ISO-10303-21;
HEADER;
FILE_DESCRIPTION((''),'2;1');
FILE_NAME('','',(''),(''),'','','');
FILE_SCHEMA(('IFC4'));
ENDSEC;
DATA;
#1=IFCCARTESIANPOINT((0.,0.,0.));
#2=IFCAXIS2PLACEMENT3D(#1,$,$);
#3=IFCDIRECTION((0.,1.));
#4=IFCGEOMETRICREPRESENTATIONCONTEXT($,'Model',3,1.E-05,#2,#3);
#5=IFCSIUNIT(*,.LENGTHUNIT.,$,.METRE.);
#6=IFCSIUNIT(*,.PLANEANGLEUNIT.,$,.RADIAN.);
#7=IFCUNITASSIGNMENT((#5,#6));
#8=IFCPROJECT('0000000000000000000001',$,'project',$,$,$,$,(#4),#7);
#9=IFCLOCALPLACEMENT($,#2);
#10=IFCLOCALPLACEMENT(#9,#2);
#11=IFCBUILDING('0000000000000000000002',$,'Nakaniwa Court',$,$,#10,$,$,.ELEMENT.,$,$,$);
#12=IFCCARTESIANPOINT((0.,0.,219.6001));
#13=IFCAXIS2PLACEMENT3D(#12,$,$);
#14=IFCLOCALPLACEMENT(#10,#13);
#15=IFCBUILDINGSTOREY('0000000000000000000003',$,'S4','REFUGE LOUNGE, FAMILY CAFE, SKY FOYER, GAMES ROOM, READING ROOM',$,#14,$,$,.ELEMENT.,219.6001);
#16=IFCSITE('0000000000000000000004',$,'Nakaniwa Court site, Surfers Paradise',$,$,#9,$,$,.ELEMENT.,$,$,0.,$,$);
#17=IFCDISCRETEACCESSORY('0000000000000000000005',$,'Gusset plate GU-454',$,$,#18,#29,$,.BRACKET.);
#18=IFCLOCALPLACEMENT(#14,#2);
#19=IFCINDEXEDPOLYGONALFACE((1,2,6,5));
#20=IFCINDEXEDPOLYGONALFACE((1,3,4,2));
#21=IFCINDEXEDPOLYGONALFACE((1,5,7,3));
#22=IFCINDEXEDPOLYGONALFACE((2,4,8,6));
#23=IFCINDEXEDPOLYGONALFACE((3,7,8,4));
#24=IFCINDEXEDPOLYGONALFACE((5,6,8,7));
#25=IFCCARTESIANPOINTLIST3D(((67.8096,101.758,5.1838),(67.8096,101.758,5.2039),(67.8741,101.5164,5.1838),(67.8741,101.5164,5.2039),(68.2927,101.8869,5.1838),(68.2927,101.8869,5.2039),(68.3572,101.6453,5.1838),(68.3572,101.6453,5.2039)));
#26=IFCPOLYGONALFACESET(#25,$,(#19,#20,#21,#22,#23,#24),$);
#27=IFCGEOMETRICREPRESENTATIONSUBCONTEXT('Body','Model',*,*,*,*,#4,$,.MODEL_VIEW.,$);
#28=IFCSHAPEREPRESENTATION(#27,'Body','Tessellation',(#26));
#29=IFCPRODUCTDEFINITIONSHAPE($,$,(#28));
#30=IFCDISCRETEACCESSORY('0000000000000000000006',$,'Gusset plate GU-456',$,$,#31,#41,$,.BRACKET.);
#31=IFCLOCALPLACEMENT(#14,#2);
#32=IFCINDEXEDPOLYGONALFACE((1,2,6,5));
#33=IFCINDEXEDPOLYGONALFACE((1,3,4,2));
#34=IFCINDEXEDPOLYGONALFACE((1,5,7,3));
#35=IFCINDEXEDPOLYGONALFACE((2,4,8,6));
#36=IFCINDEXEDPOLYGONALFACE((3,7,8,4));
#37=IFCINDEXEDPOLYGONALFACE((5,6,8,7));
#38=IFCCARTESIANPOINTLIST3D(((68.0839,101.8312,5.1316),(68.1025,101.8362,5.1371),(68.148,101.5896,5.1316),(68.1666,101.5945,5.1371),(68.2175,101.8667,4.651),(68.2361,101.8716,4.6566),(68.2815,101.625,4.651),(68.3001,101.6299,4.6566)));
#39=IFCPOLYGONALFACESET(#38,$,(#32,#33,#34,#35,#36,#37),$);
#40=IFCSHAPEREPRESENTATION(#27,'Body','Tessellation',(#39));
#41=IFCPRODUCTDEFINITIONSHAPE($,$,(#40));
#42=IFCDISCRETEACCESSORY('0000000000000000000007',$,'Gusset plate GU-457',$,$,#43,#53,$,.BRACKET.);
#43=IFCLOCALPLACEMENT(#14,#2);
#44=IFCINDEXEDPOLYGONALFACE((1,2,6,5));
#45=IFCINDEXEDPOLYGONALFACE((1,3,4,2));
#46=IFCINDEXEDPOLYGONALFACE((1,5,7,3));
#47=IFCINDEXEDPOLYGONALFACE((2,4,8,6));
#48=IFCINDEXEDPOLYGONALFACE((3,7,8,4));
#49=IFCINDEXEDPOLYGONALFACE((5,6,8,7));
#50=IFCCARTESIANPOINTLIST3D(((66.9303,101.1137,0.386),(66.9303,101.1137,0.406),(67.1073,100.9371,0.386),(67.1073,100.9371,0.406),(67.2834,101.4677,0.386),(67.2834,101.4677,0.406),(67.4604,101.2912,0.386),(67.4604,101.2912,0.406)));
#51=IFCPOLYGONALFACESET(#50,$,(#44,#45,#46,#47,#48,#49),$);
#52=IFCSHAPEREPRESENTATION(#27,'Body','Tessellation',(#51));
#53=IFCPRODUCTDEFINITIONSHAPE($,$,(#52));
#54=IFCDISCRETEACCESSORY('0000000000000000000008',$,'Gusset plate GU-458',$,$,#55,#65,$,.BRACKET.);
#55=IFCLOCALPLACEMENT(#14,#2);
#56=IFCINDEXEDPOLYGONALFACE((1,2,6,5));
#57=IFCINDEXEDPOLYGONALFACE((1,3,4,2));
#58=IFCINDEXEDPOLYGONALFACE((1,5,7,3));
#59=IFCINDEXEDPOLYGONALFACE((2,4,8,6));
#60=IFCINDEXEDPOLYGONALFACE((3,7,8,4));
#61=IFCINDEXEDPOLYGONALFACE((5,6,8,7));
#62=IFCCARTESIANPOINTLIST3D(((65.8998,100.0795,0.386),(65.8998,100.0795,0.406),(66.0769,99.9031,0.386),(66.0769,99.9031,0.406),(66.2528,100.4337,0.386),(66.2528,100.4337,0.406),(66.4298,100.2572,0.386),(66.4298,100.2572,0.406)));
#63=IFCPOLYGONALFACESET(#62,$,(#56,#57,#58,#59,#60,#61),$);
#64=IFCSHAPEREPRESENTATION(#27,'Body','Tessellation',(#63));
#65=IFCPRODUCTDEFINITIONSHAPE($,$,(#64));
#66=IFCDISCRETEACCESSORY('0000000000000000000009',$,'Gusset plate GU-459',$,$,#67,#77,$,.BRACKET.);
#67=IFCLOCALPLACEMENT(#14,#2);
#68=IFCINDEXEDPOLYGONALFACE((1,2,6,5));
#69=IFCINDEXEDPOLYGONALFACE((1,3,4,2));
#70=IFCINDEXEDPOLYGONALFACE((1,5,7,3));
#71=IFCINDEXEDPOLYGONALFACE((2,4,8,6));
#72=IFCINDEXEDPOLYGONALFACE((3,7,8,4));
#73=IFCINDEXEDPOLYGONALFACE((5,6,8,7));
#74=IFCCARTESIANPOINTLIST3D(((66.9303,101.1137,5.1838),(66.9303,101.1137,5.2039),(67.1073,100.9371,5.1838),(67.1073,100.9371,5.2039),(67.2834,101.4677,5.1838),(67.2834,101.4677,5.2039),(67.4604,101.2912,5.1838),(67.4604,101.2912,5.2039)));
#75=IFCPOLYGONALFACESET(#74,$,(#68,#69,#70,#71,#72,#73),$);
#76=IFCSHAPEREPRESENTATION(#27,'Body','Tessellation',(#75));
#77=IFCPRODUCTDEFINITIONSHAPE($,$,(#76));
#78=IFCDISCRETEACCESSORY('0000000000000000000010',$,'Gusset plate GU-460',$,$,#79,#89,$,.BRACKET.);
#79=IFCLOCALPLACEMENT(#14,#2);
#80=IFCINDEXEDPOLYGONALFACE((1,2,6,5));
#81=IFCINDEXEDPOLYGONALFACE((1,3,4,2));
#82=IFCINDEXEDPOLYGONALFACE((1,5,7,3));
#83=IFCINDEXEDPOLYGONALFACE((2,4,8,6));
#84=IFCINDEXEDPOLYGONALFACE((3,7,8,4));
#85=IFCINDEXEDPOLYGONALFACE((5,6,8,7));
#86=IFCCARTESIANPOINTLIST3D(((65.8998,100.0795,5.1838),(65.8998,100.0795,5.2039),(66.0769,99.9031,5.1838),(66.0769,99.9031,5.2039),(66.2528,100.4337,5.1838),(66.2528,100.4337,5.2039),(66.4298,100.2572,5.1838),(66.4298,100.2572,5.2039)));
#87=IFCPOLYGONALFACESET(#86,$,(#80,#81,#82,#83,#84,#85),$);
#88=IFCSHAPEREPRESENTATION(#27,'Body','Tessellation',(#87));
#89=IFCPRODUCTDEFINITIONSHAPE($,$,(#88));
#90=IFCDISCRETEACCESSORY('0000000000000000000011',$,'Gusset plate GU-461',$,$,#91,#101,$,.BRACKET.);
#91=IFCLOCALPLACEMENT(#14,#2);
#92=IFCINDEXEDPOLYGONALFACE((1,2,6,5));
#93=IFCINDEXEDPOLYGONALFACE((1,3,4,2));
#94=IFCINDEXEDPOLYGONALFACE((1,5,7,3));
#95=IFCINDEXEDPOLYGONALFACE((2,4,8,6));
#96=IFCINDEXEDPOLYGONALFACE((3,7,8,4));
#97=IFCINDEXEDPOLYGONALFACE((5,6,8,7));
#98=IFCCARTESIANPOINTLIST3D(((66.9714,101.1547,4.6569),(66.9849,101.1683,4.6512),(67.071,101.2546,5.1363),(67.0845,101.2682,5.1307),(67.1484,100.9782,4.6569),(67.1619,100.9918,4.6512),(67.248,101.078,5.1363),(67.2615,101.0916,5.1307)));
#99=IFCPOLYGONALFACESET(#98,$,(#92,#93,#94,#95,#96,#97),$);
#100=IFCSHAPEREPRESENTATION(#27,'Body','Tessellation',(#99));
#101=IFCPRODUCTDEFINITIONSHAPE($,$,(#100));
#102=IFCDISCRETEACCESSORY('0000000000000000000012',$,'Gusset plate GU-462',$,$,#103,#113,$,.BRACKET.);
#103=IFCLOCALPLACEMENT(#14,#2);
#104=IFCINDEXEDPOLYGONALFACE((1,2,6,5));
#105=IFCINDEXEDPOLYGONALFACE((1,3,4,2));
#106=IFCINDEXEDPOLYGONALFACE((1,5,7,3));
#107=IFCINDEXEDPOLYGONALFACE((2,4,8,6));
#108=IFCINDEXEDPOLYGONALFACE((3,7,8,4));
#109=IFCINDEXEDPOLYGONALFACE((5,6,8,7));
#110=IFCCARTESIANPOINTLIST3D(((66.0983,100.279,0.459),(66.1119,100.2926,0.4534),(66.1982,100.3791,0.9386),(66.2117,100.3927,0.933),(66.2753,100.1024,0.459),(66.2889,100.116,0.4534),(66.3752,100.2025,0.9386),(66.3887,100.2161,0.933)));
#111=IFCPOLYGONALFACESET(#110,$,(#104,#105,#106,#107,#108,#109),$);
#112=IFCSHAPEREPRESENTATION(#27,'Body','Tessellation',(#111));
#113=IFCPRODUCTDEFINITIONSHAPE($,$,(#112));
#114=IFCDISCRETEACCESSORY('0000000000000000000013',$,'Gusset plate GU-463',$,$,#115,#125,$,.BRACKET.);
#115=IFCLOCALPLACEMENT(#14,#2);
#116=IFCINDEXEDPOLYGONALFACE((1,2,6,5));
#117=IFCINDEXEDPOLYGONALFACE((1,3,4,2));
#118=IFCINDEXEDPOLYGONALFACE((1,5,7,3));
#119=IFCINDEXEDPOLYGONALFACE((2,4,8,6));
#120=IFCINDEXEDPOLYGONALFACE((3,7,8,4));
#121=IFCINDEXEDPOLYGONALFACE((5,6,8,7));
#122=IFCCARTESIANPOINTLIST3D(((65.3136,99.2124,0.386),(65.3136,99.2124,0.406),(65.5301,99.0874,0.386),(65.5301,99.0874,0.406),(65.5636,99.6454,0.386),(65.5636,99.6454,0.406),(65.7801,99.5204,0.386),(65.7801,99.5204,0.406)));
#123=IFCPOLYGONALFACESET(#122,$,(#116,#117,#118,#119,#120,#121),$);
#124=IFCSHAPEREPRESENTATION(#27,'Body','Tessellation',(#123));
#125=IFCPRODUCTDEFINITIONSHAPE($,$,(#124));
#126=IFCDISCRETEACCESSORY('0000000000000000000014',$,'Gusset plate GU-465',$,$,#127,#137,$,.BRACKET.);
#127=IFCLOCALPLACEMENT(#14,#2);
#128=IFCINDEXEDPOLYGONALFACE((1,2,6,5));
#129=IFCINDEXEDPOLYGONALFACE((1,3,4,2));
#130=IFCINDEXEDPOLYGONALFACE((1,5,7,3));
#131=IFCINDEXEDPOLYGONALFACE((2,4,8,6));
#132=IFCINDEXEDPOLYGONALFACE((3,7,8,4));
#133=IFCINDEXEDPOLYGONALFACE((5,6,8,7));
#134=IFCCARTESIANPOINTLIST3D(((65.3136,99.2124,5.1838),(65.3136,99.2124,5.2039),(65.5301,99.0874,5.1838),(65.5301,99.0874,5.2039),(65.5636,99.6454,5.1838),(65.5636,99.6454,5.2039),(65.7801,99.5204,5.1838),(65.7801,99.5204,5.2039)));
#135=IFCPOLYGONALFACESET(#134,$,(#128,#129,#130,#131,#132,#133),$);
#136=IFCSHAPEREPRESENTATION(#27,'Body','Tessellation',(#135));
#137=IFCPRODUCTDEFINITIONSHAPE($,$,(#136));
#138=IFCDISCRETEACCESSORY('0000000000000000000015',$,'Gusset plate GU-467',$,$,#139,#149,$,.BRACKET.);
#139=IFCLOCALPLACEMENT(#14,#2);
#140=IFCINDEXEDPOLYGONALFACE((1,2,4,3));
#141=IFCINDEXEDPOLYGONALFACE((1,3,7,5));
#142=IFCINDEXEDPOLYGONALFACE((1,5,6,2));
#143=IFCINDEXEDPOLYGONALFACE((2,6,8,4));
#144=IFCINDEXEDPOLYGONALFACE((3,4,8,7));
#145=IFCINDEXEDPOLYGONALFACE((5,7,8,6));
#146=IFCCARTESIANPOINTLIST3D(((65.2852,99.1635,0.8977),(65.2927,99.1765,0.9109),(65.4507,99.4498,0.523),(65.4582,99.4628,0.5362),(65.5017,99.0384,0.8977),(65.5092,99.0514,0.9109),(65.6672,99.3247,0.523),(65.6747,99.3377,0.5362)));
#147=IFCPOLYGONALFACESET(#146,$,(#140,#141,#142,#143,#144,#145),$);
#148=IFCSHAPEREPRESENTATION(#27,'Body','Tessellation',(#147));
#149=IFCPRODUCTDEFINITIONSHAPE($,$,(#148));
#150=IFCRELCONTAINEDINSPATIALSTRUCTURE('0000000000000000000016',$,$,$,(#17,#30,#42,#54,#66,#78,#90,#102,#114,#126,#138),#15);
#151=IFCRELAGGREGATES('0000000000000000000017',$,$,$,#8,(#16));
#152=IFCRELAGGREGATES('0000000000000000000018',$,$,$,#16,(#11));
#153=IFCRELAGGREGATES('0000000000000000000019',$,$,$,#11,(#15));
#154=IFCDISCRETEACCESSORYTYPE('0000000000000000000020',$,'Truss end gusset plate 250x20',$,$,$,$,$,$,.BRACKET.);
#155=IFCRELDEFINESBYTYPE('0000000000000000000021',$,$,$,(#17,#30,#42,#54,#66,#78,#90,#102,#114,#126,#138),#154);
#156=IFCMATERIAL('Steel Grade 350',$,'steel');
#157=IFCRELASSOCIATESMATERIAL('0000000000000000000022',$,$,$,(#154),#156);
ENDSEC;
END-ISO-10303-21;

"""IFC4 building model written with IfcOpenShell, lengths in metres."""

from ifc_helpers import new_model, si_unit, direction, frame, origin, origin_2d, place, context, subcontext, project, spatial, rectangle, extrude, material, material_profile, profile_set, type_object, element, save


model = new_model("IFC4")

# Units and contexts
model_context = context("Model", 3, precision=1e-05, world=origin(), true_north=direction((0.0, 1.0)))
body_context = subcontext(model_context, "Body", "Model", "MODEL_VIEW")
ifc_project = project(units=[si_unit("LENGTHUNIT", "METRE"), si_unit("PLANEANGLEUNIT", "RADIAN")], contexts=[model_context])

# Site, building, storey
site_placement = place(None, origin())
site = spatial("IfcSite", under=ifc_project, at=site_placement, Name="Nakaniwa Court site, Surfers Paradise", CompositionType="ELEMENT", RefElevation=0.0)
building_placement = place(site_placement, origin())
building = spatial("IfcBuilding", under=site, at=building_placement, Name="Nakaniwa Court", CompositionType="ELEMENT")
storey_placement = place(building_placement, frame((0.0, 0.0, 219.6001)))
storey = spatial("IfcBuildingStorey", under=building, at=storey_placement, Name="S4", Description="REFUGE LOUNGE, FAMILY CAFE, SKY FOYER, GAMES ROOM, READING ROOM", CompositionType="ELEMENT", Elevation=219.6001)

# Shared definitions
ifc_material_1 = material(Name="Steel Grade 350", Category="steel")

# Discrete accessories
ifc_material_profile_1 = material_profile(ifc_material_1, rectangle(XDim=0.25, YDim=0.02, at=origin_2d()), Name="Truss end gusset plate 250x20")
ifc_profile_set_1 = profile_set([ifc_material_profile_1], Name="Steel Grade 350")
discrete_accessory_type = type_object("IfcDiscreteAccessoryType", Name="Truss end gusset plate 250x20", PredefinedType="BRACKET", material=ifc_profile_set_1)
for number, where, z_axis, x_axis, name in (
    (1, (68.325, 101.7661, 5.1938), (-0.966203, -0.257784, 0.0), (0.257784, -0.966203, 0.0), "Gusset plate GU-454"),
    (2, (68.2588, 101.7483, 4.6538), (-0.267123, -0.07081, 0.961057), (0.256233, -0.966615, 0.0), "Gusset plate GU-456"),
    (3, (67.0188, 101.0254, 0.396), (0.706129, 0.708083, 0.0), (-0.708083, 0.706129, 0.0), "Gusset plate GU-457"),
    (4, (66.3413, 100.3455, 0.396), (-0.705885, -0.708326, 0.0), (0.708326, -0.705885, 0.0), "Gusset plate GU-458"),
    (5, (67.0188, 101.0254, 5.1938), (0.706129, 0.708083, 0.0), (-0.708083, 0.706129, 0.0), "Gusset plate GU-459"),
    (6, (66.3413, 100.3455, 5.1938), (-0.705885, -0.708326, 0.0), (0.708326, -0.705885, 0.0), "Gusset plate GU-460"),
):
    element("IfcDiscreteAccessory", number, at=place(storey_placement, frame(where, z_axis=z_axis, x_axis=x_axis)), inside=storey, type_object=discrete_accessory_type, Name=name, PredefinedType="BRACKET", context=body_context, shape_type="SweptSolid", body=[
        extrude(rectangle(XDim=0.25, YDim=0.02, at=origin_2d()), origin(), (0.0, 0.0, 1.0), 0.5),
    ])
discrete_accessory_1_placement = place(storey_placement, frame((67.0667, 101.0732, 4.6541), z_axis=(0.199296, 0.199785, 0.959358), x_axis=(-0.707972, 0.706241, 0.0)))
element("IfcDiscreteAccessory", 7, at=discrete_accessory_1_placement, inside=storey, type_object=discrete_accessory_type, Name="Gusset plate GU-461", PredefinedType="BRACKET", context=body_context, shape_type="SweptSolid", body=[
    extrude(rectangle(XDim=0.25, YDim=0.02, at=origin_2d()), origin(), (0.0, 0.0, 1.0), 0.4998),
])
for number, where, z_axis, x_axis, name in (
    (8, (66.2935, 100.2976, 0.9358), (-0.199746, -0.200234, -0.95917), (0.70797, -0.706243, 0.0), "Gusset plate GU-462"),
    (9, (65.4219, 99.1499, 0.396), (0.49992, 0.866072, 0.0), (-0.866072, 0.49992, 0.0), "Gusset plate GU-463"),
    (10, (65.4219, 99.1499, 5.1938), (0.49992, 0.866072, 0.0), (-0.866072, 0.49992, 0.0), "Gusset plate GU-465"),
):
    element("IfcDiscreteAccessory", number, at=place(storey_placement, frame(where, z_axis=z_axis, x_axis=x_axis)), inside=storey, type_object=discrete_accessory_type, Name=name, PredefinedType="BRACKET", context=body_context, shape_type="SweptSolid", body=[
        extrude(rectangle(XDim=0.25, YDim=0.02, at=origin_2d()), origin(), (0.0, 0.0, 1.0), 0.5),
    ])
discrete_accessory_2_placement = place(storey_placement, frame((65.3972, 99.1074, 0.9043), z_axis=(0.331152, 0.572922, -0.749732), x_axis=(-0.86578, 0.500425, 0.0)))
element("IfcDiscreteAccessory", 11, at=discrete_accessory_2_placement, inside=storey, type_object=discrete_accessory_type, Name="Gusset plate GU-467", PredefinedType="BRACKET", context=body_context, shape_type="SweptSolid", body=[
    extrude(rectangle(XDim=0.25, YDim=0.02, at=origin_2d()), origin(), (0.0, 0.0, 1.0), 0.4998),
])

save(model, "model.ifc")
